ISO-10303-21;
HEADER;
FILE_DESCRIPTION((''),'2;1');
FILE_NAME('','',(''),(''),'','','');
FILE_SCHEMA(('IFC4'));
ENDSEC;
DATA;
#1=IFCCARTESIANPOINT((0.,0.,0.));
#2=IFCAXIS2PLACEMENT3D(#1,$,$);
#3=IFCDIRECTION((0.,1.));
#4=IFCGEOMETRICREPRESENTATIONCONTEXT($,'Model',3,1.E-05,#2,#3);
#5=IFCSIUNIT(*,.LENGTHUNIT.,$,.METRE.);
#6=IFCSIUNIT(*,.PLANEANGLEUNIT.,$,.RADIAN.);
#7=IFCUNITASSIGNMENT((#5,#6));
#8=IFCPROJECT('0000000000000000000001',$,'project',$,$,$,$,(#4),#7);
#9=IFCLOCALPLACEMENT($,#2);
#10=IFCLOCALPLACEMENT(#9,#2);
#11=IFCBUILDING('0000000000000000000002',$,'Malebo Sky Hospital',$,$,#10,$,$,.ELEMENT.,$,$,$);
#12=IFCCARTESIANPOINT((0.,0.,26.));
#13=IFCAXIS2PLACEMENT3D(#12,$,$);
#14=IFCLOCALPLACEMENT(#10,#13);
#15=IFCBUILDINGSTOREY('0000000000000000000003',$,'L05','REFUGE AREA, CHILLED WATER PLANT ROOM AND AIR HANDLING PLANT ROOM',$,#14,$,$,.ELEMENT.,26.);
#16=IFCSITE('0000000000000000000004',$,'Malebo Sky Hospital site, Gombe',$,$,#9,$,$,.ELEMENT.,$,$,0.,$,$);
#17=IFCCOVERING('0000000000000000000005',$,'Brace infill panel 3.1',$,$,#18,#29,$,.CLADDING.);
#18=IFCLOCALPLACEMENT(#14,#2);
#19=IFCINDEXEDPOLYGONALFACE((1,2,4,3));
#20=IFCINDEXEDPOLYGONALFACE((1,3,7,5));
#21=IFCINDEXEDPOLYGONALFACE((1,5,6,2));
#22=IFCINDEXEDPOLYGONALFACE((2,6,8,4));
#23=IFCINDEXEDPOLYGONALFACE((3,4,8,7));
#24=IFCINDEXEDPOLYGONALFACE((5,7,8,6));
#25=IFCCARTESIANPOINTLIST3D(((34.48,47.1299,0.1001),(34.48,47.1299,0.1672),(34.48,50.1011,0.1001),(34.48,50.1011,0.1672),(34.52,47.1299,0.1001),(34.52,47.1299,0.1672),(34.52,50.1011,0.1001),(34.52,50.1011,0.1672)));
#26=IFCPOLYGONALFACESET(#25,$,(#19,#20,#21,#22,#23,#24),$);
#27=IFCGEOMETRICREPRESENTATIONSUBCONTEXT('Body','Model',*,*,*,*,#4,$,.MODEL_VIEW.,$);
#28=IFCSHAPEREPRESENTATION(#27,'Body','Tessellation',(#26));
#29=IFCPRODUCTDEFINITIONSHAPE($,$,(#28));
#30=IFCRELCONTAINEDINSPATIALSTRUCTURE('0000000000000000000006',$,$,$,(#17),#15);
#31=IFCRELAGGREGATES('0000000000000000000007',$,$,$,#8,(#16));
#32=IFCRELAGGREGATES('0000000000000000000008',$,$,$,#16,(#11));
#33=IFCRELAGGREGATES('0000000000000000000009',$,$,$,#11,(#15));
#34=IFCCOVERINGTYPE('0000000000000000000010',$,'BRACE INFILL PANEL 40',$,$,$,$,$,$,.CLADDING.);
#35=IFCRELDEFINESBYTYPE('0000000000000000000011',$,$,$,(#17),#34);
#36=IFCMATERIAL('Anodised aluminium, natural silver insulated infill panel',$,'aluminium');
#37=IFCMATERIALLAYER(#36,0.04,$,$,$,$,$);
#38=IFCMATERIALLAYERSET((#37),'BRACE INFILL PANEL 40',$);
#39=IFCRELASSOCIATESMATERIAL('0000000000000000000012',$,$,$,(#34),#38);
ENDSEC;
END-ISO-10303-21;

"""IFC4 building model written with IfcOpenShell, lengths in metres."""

from ifc_helpers import new_model, si_unit, direction, frame, origin, place, context, subcontext, project, spatial, polyline, outline, extrude, material, layer, layer_set, type_object, element, save


model = new_model("IFC4")

# Units and contexts
model_context = context("Model", 3, precision=1e-05, world=origin(), true_north=direction((0.0, 1.0)))
body_context = subcontext(model_context, "Body", "Model", "MODEL_VIEW")
ifc_project = project(units=[si_unit("LENGTHUNIT", "METRE"), si_unit("PLANEANGLEUNIT", "RADIAN")], contexts=[model_context])

# Site, building, storey
site_placement = place(None, origin())
site = spatial("IfcSite", under=ifc_project, at=site_placement, Name="Malebo Sky Hospital site, Gombe", CompositionType="ELEMENT", RefElevation=0.0)
building_placement = place(site_placement, origin())
building = spatial("IfcBuilding", under=site, at=building_placement, Name="Malebo Sky Hospital", CompositionType="ELEMENT")
storey_placement = place(building_placement, frame((0.0, 0.0, 26.0)))
storey = spatial("IfcBuildingStorey", under=building, at=storey_placement, Name="L05", Description="REFUGE AREA, CHILLED WATER PLANT ROOM AND AIR HANDLING PLANT ROOM", CompositionType="ELEMENT", Elevation=26.0)

# Covering
ifc_material_1 = material(Name="Anodised aluminium, natural silver insulated infill panel", Category="aluminium")
ifc_layer_1 = layer(ifc_material_1, 0.04)
ifc_layer_set_1 = layer_set([ifc_layer_1], Name="BRACE INFILL PANEL 40")
covering_type = type_object("IfcCoveringType", Name="BRACE INFILL PANEL 40", PredefinedType="CLADDING", material=ifc_layer_set_1)
covering_placement = place(storey_placement, frame((34.5, 48.6155, 0.1001), z_axis=(0.0, 0.0, 1.0), x_axis=(0.0, 1.0, 0.0)))
element("IfcCovering", 1, at=covering_placement, inside=storey, type_object=covering_type, Name="Brace infill panel 3.1", PredefinedType="CLADDING", context=body_context, shape_type="SweptSolid", body=[
    extrude(outline(polyline([(-1.4856, 0.0), (1.4856, 0.0), (1.4856, 0.0671), (-1.4856, 0.0671), (-1.4856, 0.0)])), frame((0.0, 0.02, 0.0), z_axis=(0.0, -1.0, 0.0), x_axis=(1.0, 0.0, 0.0)), (0.0, 0.0, 1.0), 0.04),
])

save(model, "model.ifc")
